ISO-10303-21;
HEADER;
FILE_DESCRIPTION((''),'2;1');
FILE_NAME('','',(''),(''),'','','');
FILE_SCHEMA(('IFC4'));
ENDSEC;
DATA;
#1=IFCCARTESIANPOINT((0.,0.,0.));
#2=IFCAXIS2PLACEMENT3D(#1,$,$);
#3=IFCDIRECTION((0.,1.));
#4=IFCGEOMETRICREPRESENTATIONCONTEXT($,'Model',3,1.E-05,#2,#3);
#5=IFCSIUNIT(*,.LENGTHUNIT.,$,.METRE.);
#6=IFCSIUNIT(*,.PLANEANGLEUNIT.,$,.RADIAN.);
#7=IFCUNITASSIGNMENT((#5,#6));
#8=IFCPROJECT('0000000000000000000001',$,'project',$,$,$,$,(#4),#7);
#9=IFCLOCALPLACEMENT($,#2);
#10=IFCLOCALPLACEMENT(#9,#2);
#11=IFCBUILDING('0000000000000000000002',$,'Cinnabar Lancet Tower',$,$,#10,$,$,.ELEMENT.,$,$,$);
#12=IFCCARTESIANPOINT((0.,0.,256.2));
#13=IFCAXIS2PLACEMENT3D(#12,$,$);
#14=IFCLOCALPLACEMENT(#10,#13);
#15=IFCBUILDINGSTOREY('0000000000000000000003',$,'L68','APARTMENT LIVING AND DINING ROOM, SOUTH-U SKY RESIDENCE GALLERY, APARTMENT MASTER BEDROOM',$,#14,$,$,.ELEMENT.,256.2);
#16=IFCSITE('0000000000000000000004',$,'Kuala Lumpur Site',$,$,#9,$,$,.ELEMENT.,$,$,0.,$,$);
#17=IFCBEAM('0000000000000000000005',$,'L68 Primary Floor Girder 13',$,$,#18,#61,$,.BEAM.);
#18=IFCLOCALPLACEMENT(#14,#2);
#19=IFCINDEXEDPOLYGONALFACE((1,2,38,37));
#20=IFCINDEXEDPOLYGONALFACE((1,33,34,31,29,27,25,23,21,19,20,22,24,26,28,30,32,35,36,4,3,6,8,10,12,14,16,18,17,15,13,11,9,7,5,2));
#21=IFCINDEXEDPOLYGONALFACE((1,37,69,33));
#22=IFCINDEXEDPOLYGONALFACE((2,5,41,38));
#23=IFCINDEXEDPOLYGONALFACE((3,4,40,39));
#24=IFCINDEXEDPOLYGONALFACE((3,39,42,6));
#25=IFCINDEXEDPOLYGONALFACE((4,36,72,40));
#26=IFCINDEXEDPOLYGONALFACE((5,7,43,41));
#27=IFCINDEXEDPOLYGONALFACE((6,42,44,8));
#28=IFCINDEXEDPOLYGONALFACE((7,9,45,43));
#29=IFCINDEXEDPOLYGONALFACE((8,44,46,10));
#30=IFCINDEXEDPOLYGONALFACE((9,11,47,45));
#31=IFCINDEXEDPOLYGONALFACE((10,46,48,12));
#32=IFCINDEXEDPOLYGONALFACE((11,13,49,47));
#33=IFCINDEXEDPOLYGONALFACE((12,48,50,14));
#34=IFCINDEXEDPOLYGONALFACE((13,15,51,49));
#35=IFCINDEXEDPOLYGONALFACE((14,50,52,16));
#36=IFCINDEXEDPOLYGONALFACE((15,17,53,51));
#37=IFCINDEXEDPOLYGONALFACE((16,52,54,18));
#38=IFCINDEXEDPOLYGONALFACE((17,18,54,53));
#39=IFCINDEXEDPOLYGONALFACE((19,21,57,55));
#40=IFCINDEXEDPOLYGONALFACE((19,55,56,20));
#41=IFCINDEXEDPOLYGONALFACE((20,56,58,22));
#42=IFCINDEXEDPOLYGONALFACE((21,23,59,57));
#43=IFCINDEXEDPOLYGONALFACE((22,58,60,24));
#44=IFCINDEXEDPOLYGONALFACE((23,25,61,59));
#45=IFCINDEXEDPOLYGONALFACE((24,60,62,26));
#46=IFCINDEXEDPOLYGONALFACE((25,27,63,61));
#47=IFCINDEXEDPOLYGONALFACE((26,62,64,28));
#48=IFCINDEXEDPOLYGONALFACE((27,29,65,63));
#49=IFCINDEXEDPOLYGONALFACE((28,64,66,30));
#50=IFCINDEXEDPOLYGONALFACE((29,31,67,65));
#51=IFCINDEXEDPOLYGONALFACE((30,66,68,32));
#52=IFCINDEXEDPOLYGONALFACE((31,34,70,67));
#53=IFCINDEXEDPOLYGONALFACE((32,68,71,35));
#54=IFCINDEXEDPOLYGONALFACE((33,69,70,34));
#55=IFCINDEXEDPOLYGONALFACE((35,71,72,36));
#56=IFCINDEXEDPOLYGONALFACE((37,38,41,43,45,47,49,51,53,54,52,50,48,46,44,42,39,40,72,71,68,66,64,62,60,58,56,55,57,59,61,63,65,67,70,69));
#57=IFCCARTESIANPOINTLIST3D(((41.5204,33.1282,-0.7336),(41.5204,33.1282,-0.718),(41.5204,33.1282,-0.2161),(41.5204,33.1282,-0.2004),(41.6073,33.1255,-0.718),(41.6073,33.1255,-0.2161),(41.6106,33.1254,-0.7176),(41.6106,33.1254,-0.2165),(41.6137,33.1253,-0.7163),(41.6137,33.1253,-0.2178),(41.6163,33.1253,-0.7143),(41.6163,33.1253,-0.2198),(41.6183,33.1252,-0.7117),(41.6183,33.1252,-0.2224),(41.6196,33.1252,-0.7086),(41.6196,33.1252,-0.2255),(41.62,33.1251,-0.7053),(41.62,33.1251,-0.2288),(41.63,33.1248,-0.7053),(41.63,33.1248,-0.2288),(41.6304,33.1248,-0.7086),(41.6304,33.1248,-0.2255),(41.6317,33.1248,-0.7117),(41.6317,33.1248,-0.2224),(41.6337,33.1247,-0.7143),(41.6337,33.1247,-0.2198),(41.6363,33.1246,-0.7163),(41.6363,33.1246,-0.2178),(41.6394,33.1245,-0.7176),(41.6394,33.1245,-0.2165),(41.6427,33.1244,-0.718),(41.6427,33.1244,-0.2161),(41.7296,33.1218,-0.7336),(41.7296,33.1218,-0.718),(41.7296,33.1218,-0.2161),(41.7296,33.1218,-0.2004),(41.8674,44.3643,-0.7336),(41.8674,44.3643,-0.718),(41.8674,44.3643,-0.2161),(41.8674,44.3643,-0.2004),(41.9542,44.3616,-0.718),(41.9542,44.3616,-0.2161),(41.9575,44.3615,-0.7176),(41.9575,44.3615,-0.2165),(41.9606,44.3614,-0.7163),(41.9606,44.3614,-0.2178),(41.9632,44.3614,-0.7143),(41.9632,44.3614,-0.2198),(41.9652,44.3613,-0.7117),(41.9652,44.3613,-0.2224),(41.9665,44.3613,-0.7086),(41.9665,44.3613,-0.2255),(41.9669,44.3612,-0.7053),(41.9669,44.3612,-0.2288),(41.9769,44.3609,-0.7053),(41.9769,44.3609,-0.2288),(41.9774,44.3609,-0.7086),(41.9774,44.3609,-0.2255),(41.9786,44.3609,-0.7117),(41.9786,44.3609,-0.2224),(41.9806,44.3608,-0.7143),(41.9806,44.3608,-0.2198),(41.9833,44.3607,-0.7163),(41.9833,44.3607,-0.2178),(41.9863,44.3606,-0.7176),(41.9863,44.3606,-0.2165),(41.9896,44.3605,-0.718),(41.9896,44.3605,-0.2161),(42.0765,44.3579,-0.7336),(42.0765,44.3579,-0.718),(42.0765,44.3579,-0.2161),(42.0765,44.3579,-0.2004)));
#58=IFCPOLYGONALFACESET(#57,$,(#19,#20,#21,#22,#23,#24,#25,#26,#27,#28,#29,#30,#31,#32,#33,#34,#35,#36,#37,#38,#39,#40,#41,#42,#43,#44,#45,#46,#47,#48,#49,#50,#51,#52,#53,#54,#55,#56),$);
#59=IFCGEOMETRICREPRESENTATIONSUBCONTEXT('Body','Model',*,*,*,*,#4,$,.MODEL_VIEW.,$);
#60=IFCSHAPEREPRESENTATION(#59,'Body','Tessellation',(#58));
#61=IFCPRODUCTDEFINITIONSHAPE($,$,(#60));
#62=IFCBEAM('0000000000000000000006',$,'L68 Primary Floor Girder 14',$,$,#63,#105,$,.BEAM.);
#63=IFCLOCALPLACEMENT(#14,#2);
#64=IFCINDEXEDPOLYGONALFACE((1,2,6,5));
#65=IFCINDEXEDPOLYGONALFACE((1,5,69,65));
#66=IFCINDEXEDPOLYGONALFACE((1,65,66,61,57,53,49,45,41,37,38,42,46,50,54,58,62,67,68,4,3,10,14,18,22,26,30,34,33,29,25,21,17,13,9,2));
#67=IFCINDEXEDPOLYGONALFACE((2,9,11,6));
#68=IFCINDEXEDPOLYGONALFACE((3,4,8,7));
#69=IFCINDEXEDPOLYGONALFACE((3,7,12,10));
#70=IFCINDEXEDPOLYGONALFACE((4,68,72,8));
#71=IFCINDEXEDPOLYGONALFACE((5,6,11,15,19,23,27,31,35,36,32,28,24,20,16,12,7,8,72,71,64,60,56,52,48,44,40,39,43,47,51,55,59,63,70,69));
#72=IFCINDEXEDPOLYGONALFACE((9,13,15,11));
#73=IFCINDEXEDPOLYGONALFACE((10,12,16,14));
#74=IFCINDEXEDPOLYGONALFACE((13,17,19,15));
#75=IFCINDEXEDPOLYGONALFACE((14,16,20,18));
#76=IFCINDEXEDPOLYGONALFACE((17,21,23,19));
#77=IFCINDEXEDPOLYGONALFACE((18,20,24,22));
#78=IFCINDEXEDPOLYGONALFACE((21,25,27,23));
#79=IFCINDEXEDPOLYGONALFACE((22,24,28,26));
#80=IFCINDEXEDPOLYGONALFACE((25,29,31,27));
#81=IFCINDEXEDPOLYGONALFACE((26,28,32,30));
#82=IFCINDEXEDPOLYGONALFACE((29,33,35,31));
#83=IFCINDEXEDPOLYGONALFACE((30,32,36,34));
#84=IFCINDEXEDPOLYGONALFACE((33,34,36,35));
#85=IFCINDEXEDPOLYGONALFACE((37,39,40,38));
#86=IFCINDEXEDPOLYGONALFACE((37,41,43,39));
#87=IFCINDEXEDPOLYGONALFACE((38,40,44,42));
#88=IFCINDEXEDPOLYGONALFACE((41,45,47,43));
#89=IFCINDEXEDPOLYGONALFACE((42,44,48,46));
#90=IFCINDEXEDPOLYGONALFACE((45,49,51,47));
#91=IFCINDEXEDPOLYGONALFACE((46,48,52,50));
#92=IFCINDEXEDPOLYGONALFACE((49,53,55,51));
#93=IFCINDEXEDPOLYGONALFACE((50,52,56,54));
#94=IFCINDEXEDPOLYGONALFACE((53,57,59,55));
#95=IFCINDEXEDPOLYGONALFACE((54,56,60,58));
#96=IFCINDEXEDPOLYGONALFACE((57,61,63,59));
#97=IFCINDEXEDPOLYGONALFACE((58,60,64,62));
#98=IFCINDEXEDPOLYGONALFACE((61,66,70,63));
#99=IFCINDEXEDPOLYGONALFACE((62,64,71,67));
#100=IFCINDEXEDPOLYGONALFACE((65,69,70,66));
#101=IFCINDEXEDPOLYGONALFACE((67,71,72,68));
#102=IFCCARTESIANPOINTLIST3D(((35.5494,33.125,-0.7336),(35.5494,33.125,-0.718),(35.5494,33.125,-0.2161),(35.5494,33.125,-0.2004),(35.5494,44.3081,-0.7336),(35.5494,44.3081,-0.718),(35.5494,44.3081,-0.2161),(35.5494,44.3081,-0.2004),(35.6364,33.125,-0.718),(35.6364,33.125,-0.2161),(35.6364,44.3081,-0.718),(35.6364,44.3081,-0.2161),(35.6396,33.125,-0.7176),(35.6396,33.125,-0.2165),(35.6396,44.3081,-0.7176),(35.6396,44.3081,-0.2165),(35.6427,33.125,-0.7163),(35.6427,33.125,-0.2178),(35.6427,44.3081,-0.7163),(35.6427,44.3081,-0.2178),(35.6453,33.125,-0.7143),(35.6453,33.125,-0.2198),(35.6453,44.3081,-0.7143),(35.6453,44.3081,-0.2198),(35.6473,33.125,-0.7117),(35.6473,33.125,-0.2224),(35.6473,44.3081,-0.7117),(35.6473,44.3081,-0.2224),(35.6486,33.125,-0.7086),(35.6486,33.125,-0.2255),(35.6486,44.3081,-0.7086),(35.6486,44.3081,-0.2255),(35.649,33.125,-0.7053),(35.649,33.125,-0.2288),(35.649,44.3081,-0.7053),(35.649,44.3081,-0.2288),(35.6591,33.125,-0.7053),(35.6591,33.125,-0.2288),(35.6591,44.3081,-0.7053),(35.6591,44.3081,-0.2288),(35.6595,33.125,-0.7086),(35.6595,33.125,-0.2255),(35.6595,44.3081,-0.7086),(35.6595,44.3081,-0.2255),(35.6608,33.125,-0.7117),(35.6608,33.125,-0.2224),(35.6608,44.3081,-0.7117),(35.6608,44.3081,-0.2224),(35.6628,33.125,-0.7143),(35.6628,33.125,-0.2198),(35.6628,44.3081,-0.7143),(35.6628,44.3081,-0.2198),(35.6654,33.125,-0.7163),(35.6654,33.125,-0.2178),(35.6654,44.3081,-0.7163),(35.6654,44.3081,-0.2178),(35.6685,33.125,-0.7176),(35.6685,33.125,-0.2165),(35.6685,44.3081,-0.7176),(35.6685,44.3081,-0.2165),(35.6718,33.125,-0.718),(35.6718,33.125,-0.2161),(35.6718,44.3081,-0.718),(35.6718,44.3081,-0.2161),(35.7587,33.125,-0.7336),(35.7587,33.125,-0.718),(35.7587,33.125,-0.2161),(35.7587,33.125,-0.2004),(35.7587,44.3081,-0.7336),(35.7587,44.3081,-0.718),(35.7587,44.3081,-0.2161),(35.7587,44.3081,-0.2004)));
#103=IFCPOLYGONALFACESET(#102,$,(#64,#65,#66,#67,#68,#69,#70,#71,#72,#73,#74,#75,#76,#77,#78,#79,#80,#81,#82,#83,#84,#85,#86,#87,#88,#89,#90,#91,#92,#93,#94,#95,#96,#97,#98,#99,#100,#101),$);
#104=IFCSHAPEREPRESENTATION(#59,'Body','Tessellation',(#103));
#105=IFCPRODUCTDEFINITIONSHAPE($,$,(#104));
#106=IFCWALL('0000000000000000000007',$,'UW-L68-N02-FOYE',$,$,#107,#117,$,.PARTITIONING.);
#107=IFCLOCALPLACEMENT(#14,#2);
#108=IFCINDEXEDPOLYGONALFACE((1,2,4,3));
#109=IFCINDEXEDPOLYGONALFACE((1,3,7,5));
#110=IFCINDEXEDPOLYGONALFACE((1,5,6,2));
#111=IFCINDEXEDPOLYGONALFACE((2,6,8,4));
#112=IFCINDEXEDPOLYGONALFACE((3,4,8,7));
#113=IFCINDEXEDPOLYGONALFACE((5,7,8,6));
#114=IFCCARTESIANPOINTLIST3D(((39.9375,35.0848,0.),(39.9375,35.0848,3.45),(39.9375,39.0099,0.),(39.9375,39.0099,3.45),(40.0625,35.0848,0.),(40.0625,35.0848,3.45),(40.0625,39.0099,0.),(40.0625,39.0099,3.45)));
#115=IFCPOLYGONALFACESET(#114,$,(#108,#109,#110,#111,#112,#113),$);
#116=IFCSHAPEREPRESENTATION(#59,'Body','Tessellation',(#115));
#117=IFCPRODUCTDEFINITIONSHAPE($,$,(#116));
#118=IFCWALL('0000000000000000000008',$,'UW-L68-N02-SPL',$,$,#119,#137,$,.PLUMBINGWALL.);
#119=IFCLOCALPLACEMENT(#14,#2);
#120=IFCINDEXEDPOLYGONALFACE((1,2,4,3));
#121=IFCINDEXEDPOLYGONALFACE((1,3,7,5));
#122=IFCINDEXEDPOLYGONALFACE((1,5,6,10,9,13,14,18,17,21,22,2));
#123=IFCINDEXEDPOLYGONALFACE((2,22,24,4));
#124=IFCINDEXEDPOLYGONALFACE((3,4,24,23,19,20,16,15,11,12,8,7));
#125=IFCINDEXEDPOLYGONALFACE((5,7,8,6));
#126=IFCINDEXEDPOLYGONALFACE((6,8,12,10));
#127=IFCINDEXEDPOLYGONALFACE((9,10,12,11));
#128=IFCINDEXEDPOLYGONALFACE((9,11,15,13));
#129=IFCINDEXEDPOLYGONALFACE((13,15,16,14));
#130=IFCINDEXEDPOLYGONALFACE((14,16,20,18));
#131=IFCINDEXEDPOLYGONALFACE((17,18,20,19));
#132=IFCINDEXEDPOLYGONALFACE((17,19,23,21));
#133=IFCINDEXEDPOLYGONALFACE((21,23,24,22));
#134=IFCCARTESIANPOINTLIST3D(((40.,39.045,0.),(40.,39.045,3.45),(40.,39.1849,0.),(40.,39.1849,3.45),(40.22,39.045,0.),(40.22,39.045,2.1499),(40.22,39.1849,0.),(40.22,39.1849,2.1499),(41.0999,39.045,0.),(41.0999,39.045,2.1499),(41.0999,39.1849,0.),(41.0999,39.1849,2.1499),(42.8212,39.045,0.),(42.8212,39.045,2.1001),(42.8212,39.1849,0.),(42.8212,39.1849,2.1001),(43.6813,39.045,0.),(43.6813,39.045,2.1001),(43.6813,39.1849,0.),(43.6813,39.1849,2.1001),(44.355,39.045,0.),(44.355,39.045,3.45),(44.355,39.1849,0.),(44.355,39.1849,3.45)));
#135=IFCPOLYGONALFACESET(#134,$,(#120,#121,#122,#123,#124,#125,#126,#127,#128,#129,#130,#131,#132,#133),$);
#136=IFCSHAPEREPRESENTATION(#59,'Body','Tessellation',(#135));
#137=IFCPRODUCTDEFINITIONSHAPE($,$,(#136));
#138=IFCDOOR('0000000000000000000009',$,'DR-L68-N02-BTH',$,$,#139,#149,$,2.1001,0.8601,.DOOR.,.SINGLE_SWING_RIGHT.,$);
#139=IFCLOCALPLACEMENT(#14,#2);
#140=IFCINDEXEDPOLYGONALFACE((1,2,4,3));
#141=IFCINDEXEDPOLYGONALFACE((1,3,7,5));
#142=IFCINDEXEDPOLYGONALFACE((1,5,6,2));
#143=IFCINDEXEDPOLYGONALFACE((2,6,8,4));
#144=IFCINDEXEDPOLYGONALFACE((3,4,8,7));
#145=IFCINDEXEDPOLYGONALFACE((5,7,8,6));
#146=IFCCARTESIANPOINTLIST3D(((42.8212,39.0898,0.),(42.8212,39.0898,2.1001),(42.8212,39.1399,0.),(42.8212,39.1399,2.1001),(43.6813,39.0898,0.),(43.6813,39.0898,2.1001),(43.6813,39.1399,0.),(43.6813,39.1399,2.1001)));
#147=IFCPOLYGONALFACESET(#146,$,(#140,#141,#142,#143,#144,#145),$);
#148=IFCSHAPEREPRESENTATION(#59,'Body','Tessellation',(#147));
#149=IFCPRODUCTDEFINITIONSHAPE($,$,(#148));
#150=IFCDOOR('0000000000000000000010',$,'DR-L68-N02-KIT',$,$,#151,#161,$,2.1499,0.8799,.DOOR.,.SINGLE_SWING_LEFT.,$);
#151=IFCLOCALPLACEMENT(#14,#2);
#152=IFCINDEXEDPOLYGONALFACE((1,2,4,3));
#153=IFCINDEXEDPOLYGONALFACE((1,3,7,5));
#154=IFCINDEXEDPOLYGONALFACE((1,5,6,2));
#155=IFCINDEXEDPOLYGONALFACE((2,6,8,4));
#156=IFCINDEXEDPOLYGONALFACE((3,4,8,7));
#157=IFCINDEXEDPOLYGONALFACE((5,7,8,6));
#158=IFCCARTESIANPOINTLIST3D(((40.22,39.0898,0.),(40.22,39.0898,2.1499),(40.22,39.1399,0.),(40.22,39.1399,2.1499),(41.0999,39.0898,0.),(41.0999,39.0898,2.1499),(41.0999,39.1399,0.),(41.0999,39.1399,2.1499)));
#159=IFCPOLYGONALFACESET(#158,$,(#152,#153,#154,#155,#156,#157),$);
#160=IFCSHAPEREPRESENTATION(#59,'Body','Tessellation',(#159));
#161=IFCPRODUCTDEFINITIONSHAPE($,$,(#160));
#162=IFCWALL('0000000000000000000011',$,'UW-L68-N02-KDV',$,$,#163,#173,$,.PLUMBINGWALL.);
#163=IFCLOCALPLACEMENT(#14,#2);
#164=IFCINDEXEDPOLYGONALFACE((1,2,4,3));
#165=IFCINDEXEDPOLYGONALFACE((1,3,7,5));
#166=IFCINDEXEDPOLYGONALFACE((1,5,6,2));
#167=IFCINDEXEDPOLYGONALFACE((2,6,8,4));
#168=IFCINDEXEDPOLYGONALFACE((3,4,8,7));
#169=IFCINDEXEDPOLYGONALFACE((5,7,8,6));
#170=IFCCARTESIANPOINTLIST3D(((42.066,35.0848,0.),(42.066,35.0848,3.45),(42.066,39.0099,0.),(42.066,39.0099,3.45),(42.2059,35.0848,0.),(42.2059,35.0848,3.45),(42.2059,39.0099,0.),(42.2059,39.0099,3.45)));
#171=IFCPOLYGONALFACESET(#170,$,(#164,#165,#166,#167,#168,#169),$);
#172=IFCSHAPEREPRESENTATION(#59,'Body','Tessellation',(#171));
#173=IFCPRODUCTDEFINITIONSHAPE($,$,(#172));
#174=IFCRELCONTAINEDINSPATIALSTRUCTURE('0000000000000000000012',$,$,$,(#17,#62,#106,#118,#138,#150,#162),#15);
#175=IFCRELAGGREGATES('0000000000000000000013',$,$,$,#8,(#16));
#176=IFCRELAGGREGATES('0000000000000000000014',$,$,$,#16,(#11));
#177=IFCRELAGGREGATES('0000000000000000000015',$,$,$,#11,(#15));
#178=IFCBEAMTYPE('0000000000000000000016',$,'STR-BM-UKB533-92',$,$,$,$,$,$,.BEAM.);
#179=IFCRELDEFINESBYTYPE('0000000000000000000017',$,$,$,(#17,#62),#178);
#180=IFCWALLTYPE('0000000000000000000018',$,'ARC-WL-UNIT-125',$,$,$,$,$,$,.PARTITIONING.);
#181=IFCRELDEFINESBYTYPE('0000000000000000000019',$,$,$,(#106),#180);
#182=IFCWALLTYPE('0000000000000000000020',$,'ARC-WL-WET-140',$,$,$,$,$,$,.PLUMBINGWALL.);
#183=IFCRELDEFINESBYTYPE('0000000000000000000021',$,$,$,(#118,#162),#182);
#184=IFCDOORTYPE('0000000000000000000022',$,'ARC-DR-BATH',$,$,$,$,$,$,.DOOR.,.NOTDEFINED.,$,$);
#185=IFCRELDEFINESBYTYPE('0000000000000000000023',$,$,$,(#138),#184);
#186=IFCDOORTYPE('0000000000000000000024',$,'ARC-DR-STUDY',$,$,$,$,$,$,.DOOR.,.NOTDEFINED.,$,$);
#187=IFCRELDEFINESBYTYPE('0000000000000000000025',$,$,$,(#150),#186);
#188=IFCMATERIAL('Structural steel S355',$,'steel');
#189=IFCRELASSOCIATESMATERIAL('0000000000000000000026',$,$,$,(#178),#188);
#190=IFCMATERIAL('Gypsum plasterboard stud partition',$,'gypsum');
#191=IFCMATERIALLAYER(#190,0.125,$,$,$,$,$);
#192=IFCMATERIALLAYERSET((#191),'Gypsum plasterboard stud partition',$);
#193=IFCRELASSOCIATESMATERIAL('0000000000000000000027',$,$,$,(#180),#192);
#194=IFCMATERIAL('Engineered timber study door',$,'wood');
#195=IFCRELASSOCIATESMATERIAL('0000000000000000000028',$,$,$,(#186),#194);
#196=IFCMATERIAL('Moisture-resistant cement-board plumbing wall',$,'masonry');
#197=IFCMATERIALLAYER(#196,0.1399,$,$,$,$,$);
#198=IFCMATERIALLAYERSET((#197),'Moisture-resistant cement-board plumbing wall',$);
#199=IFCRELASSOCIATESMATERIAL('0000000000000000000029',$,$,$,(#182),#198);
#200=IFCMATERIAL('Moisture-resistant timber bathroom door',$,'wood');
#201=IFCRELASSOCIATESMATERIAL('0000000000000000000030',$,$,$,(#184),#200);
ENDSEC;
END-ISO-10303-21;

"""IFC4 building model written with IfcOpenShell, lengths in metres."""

from ifc_helpers import new_model, si_unit, direction, frame, frame_2d, origin, origin_2d, place, context, subcontext, project, spatial, rectangle, i_section, extrude, material, layer, layer_set, material_profile, profile_set, type_object, element, fill, save


model = new_model("IFC4")

# Units and contexts
model_context = context("Model", 3, precision=1e-05, world=origin(), true_north=direction((0.0, 1.0)))
body_context = subcontext(model_context, "Body", "Model", "MODEL_VIEW")
ifc_project = project(units=[si_unit("LENGTHUNIT", "METRE"), si_unit("PLANEANGLEUNIT", "RADIAN")], contexts=[model_context])

# Site, building, storey
site_placement = place(None, origin())
site = spatial("IfcSite", under=ifc_project, at=site_placement, Name="Kuala Lumpur Site", CompositionType="ELEMENT", RefElevation=0.0)
building_placement = place(site_placement, origin())
building = spatial("IfcBuilding", under=site, at=building_placement, Name="Cinnabar Lancet Tower", CompositionType="ELEMENT")
storey_placement = place(building_placement, frame((0.0, 0.0, 256.2)))
storey = spatial("IfcBuildingStorey", under=building, at=storey_placement, Name="L68", Description="APARTMENT LIVING AND DINING ROOM, SOUTH-U SKY RESIDENCE GALLERY, APARTMENT MASTER BEDROOM", CompositionType="ELEMENT", Elevation=256.2)

# Beams
ifc_material_1 = material(Name="Structural steel S355", Category="steel")
ifc_material_profile_1 = material_profile(ifc_material_1, i_section(OverallWidth=0.2092, OverallDepth=0.5332, WebThickness=0.01, FlangeThickness=0.0156, FilletRadius=0.0127, at=origin_2d()), Name="UKB 533x210x92")
ifc_profile_set_1 = profile_set([ifc_material_profile_1], Name="Structural steel S355")
beam_type_1 = type_object("IfcBeamType", Name="STR-BM-UKB533-92", PredefinedType="BEAM", material=ifc_profile_set_1)
beam_1_placement = place(storey_placement, frame((41.9719, 44.3611, -0.467), z_axis=(-0.030861, -0.999524, 0.0), x_axis=(0.999524, -0.030861, 0.0)))
element("IfcBeam", 1, at=beam_1_placement, inside=storey, type_object=beam_type_1, Name="L68 Primary Floor Girder 13", PredefinedType="BEAM", context=body_context, shape_type="SweptSolid", body=[
    extrude(i_section(OverallWidth=0.2092, OverallDepth=0.5332, WebThickness=0.01, FlangeThickness=0.0156, FilletRadius=0.0127, at=origin_2d()), origin(), (0.0, 0.0, 1.0), 11.2415),
])
beam_2_placement = place(storey_placement, frame((35.6541, 44.3081, -0.467), z_axis=(0.0, -1.0, 0.0), x_axis=(1.0, 0.0, 0.0)))
element("IfcBeam", 2, at=beam_2_placement, inside=storey, type_object=beam_type_1, Name="L68 Primary Floor Girder 14", PredefinedType="BEAM", context=body_context, shape_type="SweptSolid", body=[
    extrude(i_section(OverallWidth=0.2092, OverallDepth=0.5332, WebThickness=0.01, FlangeThickness=0.0156, FilletRadius=0.0127, at=origin_2d()), origin(), (0.0, 0.0, 1.0), 11.1831),
])

# Wall
ifc_material_2 = material(Name="Gypsum plasterboard stud partition", Category="gypsum")
ifc_layer_1 = layer(ifc_material_2, 0.125)
ifc_layer_set_1 = layer_set([ifc_layer_1], Name="Gypsum plasterboard stud partition")
wall_type_1 = type_object("IfcWallType", Name="ARC-WL-UNIT-125", PredefinedType="PARTITIONING", material=ifc_layer_set_1)
wall_1_placement = place(storey_placement, frame((40.0, 35.085, 0.0), z_axis=(0.0, 0.0, 1.0), x_axis=(0.0, 1.0, 0.0)))
element("IfcWall", 3, at=wall_1_placement, inside=storey, type_object=wall_type_1, Name="UW-L68-N02-FOYE", PredefinedType="PARTITIONING", context=body_context, shape_type="SweptSolid", body=[
    extrude(rectangle(XDim=3.925, YDim=0.125, at=frame_2d((1.9624, 0.0))), origin(), (0.0, 0.0, 1.0), 3.45),
])

# Shared definitions
ifc_material_3 = material(Name="Engineered timber study door", Category="wood")
door_type_1 = type_object("IfcDoorType", Name="ARC-DR-STUDY", OperationType="NOTDEFINED", PredefinedType="DOOR", material=ifc_material_3)

# Wall, openings, doors
ifc_material_4 = material(Name="Moisture-resistant cement-board plumbing wall", Category="masonry")
ifc_layer_2 = layer(ifc_material_4, 0.1399)
ifc_layer_set_2 = layer_set([ifc_layer_2], Name="Moisture-resistant cement-board plumbing wall")
wall_type_2 = type_object("IfcWallType", Name="ARC-WL-WET-140", PredefinedType="PLUMBINGWALL", material=ifc_layer_set_2)
wall_2_placement = place(storey_placement, frame((40.0, 39.115, 0.0), z_axis=(0.0, 0.0, 1.0), x_axis=(1.0, 0.0, 0.0)))
wall_2 = element("IfcWall", 4, at=wall_2_placement, inside=storey, type_object=wall_type_2, Name="UW-L68-N02-SPL", PredefinedType="PLUMBINGWALL", context=body_context, shape_type="SweptSolid", body=[
    extrude(rectangle(XDim=4.355, YDim=0.1399, at=frame_2d((2.1775, 0.0))), origin(), (0.0, 0.0, 1.0), 3.45),
])
opening_1_placement = place(wall_2_placement, frame((2.821, 0.0, 0.0)))
opening_1 = element("IfcOpeningElement", 5, at=opening_1_placement, cuts=wall_2, PredefinedType="OPENING", context=body_context, shape_type="SweptSolid", body=[
    extrude(rectangle(XDim=0.8601, YDim=2.1001, at=frame_2d((0.4302, 1.05))), frame((0.0, 0.0798, 0.0), z_axis=(0.0, -1.0, 0.0), x_axis=(1.0, 0.0, 0.0)), (0.0, 0.0, 1.0), 0.1599),
])
opening_2_placement = place(wall_2_placement, frame((0.22, 0.0, 0.0)))
opening_2 = element("IfcOpeningElement", 6, at=opening_2_placement, cuts=wall_2, PredefinedType="OPENING", context=body_context, shape_type="SweptSolid", body=[
    extrude(rectangle(XDim=0.8799, YDim=2.1499, at=frame_2d((0.4399, 1.075))), frame((0.0, 0.0798, 0.0), z_axis=(0.0, -1.0, 0.0), x_axis=(1.0, 0.0, 0.0)), (0.0, 0.0, 1.0), 0.1599),
])
ifc_material_5 = material(Name="Moisture-resistant timber bathroom door", Category="wood")
door_type_2 = type_object("IfcDoorType", Name="ARC-DR-BATH", OperationType="NOTDEFINED", PredefinedType="DOOR", material=ifc_material_5)
door_1_placement = place(opening_1_placement, origin())
door_1 = element("IfcDoor", 7, at=door_1_placement, inside=storey, type_object=door_type_2, Name="DR-L68-N02-BTH", OperationType="SINGLE_SWING_RIGHT", OverallHeight=2.1001, OverallWidth=0.8601, PredefinedType="DOOR", context=body_context, shape_type="SweptSolid", body=[
    extrude(rectangle(XDim=0.8601, YDim=2.1001, at=frame_2d((0.4302, 1.05))), frame((0.0, 0.0249, 0.0), z_axis=(0.0, -1.0, 0.0), x_axis=(1.0, 0.0, 0.0)), (0.0, 0.0, 1.0), 0.05),
])
fill(opening_1, door_1)
door_2_placement = place(opening_2_placement, origin())
door_2 = element("IfcDoor", 8, at=door_2_placement, inside=storey, type_object=door_type_1, Name="DR-L68-N02-KIT", OperationType="SINGLE_SWING_LEFT", OverallHeight=2.1499, OverallWidth=0.8799, PredefinedType="DOOR", context=body_context, shape_type="SweptSolid", body=[
    extrude(rectangle(XDim=0.8799, YDim=2.1499, at=frame_2d((0.4399, 1.075))), frame((0.0, 0.0249, 0.0), z_axis=(0.0, -1.0, 0.0), x_axis=(1.0, 0.0, 0.0)), (0.0, 0.0, 1.0), 0.05),
])
fill(opening_2, door_2)

# Wall
wall_3_placement = place(storey_placement, frame((42.136, 35.085, 0.0), z_axis=(0.0, 0.0, 1.0), x_axis=(0.0, 1.0, 0.0)))
element("IfcWall", 9, at=wall_3_placement, inside=storey, type_object=wall_type_2, Name="UW-L68-N02-KDV", PredefinedType="PLUMBINGWALL", context=body_context, shape_type="SweptSolid", body=[
    extrude(rectangle(XDim=3.925, YDim=0.1399, at=frame_2d((1.9624, 0.0))), origin(), (0.0, 0.0, 1.0), 3.45),
])

save(model, "model.ifc")
